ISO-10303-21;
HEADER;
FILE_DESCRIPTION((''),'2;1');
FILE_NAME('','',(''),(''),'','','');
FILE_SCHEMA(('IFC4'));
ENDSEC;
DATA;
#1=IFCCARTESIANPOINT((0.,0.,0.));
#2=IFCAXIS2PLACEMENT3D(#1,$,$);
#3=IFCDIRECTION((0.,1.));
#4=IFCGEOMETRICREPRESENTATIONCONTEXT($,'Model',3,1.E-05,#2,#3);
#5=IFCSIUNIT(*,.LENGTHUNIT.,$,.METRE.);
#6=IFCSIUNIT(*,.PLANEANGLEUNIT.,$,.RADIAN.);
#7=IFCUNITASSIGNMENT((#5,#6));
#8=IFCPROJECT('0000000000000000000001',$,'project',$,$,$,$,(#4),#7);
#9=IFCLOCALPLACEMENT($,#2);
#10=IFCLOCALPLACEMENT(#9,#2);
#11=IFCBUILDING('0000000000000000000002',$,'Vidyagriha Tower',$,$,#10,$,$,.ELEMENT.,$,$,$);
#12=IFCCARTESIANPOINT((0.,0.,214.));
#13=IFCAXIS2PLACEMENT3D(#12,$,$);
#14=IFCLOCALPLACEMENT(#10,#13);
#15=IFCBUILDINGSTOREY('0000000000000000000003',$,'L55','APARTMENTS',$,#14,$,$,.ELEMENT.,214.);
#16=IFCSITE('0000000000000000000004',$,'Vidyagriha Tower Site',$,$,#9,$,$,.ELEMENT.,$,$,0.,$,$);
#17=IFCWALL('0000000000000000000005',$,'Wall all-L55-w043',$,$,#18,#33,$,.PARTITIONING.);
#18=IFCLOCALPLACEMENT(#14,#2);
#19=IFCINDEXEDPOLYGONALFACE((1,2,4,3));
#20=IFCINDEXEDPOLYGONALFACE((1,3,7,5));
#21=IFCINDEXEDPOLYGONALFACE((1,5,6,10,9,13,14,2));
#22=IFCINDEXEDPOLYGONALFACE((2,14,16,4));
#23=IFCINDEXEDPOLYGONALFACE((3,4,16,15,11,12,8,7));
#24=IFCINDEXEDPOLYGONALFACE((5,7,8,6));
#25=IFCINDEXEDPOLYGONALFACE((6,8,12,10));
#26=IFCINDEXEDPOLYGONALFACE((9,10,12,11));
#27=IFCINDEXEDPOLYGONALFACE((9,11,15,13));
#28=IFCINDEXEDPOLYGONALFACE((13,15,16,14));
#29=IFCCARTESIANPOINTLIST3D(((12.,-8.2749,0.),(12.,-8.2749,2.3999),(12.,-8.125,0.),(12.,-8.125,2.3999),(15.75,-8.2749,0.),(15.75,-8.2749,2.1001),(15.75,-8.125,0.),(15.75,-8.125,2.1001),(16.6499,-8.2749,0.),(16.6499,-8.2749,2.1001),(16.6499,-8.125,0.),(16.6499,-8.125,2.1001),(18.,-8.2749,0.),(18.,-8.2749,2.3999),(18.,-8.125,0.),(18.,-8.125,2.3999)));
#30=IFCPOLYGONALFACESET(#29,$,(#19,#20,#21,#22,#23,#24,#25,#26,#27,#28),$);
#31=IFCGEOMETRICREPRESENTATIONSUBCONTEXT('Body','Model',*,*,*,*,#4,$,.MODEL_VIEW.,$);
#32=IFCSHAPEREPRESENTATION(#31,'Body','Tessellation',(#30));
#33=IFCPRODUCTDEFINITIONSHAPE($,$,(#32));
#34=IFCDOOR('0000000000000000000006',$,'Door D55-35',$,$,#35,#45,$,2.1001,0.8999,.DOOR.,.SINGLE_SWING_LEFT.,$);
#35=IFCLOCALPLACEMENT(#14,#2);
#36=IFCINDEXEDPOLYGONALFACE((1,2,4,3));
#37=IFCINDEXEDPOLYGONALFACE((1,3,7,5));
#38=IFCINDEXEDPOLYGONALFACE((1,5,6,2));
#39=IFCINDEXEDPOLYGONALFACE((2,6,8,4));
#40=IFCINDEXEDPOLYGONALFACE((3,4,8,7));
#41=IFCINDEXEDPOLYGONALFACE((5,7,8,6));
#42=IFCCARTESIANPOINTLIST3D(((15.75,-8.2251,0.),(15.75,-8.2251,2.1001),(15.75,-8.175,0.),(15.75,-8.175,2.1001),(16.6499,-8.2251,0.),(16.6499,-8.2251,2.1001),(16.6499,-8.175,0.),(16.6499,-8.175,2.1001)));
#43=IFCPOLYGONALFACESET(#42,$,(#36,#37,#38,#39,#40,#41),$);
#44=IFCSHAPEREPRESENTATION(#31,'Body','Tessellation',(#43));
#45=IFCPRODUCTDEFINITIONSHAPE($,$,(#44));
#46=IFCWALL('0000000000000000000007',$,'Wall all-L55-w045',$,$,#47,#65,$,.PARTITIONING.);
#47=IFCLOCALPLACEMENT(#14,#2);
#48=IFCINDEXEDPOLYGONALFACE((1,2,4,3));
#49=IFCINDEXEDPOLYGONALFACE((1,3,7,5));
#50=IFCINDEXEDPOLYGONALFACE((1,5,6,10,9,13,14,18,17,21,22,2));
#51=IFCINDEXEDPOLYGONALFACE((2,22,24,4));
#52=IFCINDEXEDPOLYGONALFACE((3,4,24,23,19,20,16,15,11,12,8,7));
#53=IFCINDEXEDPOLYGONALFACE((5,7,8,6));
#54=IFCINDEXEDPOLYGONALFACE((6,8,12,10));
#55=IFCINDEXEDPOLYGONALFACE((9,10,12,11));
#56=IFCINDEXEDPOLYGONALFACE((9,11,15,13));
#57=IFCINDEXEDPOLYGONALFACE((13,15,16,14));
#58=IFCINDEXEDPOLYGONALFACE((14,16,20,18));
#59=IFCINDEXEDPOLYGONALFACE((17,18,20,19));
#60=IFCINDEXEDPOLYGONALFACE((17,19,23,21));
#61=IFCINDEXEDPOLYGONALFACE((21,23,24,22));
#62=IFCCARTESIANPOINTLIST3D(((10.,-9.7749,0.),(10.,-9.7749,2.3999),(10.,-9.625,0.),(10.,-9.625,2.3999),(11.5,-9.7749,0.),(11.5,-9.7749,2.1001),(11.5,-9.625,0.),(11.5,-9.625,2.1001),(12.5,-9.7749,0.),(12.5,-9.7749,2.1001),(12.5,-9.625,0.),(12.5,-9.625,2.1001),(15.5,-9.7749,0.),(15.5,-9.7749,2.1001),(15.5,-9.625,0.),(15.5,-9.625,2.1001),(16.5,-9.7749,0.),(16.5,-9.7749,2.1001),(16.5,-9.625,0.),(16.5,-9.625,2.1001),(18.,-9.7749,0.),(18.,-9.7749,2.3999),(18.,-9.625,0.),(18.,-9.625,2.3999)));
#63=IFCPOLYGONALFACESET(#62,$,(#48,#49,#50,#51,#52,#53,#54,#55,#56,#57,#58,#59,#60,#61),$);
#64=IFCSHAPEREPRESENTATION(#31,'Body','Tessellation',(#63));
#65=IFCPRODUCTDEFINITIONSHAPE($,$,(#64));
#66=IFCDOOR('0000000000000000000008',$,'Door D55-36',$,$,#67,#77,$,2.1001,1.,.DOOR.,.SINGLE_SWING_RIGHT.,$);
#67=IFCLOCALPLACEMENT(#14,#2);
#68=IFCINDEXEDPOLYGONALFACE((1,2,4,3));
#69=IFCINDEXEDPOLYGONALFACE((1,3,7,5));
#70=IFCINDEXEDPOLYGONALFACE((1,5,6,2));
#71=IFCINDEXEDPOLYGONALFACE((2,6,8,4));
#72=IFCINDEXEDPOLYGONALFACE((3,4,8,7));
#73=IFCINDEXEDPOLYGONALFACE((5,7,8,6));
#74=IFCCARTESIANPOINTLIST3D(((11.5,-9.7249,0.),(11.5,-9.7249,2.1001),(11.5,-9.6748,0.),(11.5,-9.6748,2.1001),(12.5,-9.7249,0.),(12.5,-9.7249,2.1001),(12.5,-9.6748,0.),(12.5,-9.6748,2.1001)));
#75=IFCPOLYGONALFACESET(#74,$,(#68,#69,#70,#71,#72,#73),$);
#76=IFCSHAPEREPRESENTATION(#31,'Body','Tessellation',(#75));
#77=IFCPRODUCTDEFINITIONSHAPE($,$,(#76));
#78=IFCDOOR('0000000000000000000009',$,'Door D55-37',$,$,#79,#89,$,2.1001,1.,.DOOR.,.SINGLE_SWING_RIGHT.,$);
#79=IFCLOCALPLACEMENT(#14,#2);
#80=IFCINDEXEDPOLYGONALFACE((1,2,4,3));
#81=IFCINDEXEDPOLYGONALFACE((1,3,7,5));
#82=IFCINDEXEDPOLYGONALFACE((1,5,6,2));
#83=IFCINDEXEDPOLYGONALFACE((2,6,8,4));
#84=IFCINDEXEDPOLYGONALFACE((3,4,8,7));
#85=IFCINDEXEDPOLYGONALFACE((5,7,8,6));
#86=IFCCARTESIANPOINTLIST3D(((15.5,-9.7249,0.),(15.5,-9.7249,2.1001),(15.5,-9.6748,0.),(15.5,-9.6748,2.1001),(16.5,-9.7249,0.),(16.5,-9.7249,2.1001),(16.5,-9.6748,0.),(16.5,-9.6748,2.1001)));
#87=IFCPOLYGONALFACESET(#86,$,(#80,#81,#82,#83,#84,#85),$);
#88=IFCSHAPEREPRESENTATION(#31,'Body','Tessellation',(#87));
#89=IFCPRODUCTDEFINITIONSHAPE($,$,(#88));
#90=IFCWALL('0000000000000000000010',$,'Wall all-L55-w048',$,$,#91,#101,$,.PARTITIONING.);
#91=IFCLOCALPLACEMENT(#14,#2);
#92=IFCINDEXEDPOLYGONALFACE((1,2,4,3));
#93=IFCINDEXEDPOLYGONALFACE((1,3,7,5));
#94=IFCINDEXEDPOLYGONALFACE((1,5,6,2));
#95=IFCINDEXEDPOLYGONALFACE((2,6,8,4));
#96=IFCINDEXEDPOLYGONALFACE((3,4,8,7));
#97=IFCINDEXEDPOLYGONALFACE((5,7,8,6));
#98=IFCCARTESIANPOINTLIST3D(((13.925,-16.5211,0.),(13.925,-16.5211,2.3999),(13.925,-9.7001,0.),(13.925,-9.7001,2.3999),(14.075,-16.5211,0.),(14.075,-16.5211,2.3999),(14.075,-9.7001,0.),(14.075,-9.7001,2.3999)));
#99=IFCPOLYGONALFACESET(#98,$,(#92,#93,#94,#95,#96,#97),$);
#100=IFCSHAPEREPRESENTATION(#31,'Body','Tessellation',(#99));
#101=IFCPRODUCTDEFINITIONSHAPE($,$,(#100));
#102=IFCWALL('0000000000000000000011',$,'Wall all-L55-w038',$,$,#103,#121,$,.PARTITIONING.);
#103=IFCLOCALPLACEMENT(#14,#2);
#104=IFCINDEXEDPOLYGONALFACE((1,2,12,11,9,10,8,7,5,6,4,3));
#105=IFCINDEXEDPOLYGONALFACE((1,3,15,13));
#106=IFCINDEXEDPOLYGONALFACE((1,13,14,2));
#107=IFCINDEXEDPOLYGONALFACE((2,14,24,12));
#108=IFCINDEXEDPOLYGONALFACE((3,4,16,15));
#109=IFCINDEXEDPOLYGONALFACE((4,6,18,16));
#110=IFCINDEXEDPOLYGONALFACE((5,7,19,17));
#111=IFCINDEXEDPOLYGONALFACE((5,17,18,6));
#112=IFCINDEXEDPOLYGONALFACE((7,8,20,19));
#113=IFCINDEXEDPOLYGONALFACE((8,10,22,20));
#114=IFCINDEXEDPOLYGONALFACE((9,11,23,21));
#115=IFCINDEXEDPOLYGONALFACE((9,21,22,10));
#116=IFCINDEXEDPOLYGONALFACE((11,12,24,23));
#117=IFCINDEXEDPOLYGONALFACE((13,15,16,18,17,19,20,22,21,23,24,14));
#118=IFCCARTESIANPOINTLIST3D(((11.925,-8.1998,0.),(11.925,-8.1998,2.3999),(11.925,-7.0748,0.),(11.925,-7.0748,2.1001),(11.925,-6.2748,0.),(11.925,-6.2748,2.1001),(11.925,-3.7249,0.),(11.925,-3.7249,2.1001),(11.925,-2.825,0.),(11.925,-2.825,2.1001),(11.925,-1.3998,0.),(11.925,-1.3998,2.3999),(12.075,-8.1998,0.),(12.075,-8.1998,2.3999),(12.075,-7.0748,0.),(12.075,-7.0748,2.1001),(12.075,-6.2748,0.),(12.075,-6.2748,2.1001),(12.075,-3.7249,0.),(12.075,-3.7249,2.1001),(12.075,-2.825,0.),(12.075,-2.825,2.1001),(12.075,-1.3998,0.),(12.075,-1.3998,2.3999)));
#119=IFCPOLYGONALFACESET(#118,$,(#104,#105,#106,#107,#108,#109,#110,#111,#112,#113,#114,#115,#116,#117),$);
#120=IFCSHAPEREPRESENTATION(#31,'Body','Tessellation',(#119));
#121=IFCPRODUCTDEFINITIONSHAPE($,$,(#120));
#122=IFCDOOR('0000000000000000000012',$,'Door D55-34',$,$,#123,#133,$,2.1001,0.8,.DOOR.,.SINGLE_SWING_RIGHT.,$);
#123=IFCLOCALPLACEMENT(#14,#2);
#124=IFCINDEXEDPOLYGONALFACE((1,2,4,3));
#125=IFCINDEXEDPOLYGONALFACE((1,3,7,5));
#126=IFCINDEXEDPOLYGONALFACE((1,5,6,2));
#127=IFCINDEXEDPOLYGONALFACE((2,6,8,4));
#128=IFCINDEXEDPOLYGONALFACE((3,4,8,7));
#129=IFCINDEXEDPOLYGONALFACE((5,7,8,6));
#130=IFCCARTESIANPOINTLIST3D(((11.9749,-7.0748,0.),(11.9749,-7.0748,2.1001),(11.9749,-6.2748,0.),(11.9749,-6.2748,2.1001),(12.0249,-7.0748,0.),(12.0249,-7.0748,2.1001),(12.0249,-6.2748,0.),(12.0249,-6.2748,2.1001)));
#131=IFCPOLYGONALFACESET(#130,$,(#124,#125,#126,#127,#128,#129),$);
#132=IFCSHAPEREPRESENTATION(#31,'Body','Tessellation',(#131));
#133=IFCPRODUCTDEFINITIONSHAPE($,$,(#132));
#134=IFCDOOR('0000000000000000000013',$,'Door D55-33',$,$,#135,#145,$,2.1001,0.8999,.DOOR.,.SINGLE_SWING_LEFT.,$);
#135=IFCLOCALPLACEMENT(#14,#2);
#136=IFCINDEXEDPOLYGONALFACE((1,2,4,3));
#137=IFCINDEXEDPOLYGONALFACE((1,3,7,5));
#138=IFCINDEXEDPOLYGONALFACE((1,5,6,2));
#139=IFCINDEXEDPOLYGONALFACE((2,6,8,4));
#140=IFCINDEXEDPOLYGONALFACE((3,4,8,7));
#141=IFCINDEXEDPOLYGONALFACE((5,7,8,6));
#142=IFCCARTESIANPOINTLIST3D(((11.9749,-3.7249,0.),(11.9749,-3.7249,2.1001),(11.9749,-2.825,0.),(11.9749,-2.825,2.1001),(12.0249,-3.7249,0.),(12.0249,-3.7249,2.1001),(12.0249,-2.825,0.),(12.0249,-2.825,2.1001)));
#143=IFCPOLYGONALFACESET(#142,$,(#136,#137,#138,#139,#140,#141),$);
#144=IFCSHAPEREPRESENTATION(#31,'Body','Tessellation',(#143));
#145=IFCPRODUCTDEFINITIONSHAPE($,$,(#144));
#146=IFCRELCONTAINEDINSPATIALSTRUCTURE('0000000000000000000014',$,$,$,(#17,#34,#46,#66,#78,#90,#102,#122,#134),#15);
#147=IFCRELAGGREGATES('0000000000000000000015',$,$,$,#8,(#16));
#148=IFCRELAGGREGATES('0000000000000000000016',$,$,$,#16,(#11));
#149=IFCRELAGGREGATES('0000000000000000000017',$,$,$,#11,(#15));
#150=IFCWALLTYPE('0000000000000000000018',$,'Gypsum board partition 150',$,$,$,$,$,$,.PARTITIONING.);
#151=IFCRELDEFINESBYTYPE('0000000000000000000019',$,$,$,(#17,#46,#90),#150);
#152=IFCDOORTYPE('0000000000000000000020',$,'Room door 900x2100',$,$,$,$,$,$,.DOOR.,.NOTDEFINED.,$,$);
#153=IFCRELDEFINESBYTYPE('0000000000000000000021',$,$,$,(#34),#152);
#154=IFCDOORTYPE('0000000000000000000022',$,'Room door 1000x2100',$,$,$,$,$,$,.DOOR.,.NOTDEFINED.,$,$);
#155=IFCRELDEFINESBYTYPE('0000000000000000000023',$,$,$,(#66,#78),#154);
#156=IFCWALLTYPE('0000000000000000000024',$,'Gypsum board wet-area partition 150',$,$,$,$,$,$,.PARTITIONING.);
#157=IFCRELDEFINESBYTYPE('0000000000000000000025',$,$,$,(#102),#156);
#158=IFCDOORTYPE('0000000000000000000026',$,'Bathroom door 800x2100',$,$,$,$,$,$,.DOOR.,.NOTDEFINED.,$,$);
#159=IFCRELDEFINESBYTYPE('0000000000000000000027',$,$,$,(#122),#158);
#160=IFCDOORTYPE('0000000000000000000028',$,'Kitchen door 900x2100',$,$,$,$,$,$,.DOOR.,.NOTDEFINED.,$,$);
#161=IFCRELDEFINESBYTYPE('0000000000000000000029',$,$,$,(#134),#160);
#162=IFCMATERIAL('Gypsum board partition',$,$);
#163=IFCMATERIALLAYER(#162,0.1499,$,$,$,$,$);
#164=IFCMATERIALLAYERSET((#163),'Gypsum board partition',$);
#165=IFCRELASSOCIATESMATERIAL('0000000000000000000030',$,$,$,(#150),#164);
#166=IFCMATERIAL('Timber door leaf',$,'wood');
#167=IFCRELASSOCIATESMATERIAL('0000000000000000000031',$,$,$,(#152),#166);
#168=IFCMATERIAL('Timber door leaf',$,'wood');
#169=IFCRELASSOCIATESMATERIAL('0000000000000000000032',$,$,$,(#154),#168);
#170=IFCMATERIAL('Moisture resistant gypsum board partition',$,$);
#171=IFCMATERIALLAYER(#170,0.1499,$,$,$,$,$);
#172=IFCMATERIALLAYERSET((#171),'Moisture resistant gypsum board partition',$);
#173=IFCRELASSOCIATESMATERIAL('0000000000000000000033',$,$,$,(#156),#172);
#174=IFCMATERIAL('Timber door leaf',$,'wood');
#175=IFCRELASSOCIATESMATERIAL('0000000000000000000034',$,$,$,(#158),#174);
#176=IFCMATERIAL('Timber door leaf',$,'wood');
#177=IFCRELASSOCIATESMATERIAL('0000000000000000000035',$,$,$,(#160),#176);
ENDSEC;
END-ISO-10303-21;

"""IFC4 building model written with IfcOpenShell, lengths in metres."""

from ifc_helpers import new_model, si_unit, direction, frame, frame_2d, origin, place, context, subcontext, project, spatial, rectangle, extrude, material, layer, layer_set, type_object, element, fill, save


model = new_model("IFC4")

# Units and contexts
model_context = context("Model", 3, precision=1e-05, world=origin(), true_north=direction((0.0, 1.0)))
body_context = subcontext(model_context, "Body", "Model", "MODEL_VIEW")
ifc_project = project(units=[si_unit("LENGTHUNIT", "METRE"), si_unit("PLANEANGLEUNIT", "RADIAN")], contexts=[model_context])

# Site, building, storey
site_placement = place(None, origin())
site = spatial("IfcSite", under=ifc_project, at=site_placement, Name="Vidyagriha Tower Site", CompositionType="ELEMENT", RefElevation=0.0)
building_placement = place(site_placement, origin())
building = spatial("IfcBuilding", under=site, at=building_placement, Name="Vidyagriha Tower", CompositionType="ELEMENT")
storey_placement = place(building_placement, frame((0.0, 0.0, 214.0)))
storey = spatial("IfcBuildingStorey", under=building, at=storey_placement, Name="L55", Description="APARTMENTS", CompositionType="ELEMENT", Elevation=214.0)

# Shared definitions
ifc_material_1 = material(Name="Gypsum board partition")
ifc_layer_1 = layer(ifc_material_1, 0.1499)
ifc_layer_set_1 = layer_set([ifc_layer_1], Name="Gypsum board partition")
wall_type_1 = type_object("IfcWallType", Name="Gypsum board partition 150", PredefinedType="PARTITIONING", material=ifc_layer_set_1)

# Wall, opening, door
wall_1_placement = place(storey_placement, frame((12.0, -8.2, 0.0)))
wall_1 = element("IfcWall", 1, at=wall_1_placement, inside=storey, type_object=wall_type_1, Name="Wall all-L55-w043", PredefinedType="PARTITIONING", context=body_context, shape_type="SweptSolid", body=[
    extrude(rectangle(XDim=6.0, YDim=0.1499, at=frame_2d((3.0, 0.0))), origin(), (0.0, 0.0, 1.0), 2.3999),
])
opening_1_placement = place(wall_1_placement, frame((3.75, 0.0, 0.0)))
opening_1 = element("IfcOpeningElement", 2, at=opening_1_placement, cuts=wall_1, PredefinedType="OPENING", context=body_context, shape_type="SweptSolid", body=[
    extrude(rectangle(XDim=0.8999, YDim=2.1001, at=frame_2d((0.45, 1.05))), frame((0.0, 0.085, 0.0), z_axis=(0.0, -1.0, 0.0), x_axis=(1.0, 0.0, 0.0)), (0.0, 0.0, 1.0), 0.1699),
])
ifc_material_2 = material(Name="Timber door leaf", Category="wood")
door_type_1 = type_object("IfcDoorType", Name="Room door 900x2100", OperationType="NOTDEFINED", PredefinedType="DOOR", material=ifc_material_2)
door_1_placement = place(opening_1_placement, origin())
door_1 = element("IfcDoor", 3, at=door_1_placement, inside=storey, type_object=door_type_1, Name="Door D55-35", OperationType="SINGLE_SWING_LEFT", OverallHeight=2.1001, OverallWidth=0.8999, PredefinedType="DOOR", context=body_context, shape_type="SweptSolid", body=[
    extrude(rectangle(XDim=0.8999, YDim=2.1001, at=frame_2d((0.45, 1.05))), frame((0.0, 0.0249, 0.0), z_axis=(0.0, -1.0, 0.0), x_axis=(1.0, 0.0, 0.0)), (0.0, 0.0, 1.0), 0.05),
])
fill(opening_1, door_1)

# Wall, openings, doors
wall_2_placement = place(storey_placement, frame((18.0, -9.7, 0.0), z_axis=(0.0, 0.0, 1.0), x_axis=(-1.0, 0.0, 0.0)))
wall_2 = element("IfcWall", 4, at=wall_2_placement, inside=storey, type_object=wall_type_1, Name="Wall all-L55-w045", PredefinedType="PARTITIONING", context=body_context, shape_type="SweptSolid", body=[
    extrude(rectangle(XDim=8.0, YDim=0.1499, at=frame_2d((4.0, 0.0))), origin(), (0.0, 0.0, 1.0), 2.3999),
])
opening_2_placement = place(wall_2_placement, frame((5.5, 0.0, 0.0)))
opening_2 = element("IfcOpeningElement", 5, at=opening_2_placement, cuts=wall_2, PredefinedType="OPENING", context=body_context, shape_type="SweptSolid", body=[
    extrude(rectangle(XDim=1.0, YDim=2.1001, at=frame_2d((0.5, 1.05))), frame((0.0, 0.085, 0.0), z_axis=(0.0, -1.0, 0.0), x_axis=(1.0, 0.0, 0.0)), (0.0, 0.0, 1.0), 0.1699),
])
opening_3_placement = place(wall_2_placement, frame((1.5, 0.0, 0.0)))
opening_3 = element("IfcOpeningElement", 6, at=opening_3_placement, cuts=wall_2, PredefinedType="OPENING", context=body_context, shape_type="SweptSolid", body=[
    extrude(rectangle(XDim=1.0, YDim=2.1001, at=frame_2d((0.5, 1.05))), frame((0.0, 0.085, 0.0), z_axis=(0.0, -1.0, 0.0), x_axis=(1.0, 0.0, 0.0)), (0.0, 0.0, 1.0), 0.1699),
])
ifc_material_3 = material(Name="Timber door leaf", Category="wood")
door_type_2 = type_object("IfcDoorType", Name="Room door 1000x2100", OperationType="NOTDEFINED", PredefinedType="DOOR", material=ifc_material_3)
door_2_placement = place(opening_2_placement, origin())
door_2 = element("IfcDoor", 7, at=door_2_placement, inside=storey, type_object=door_type_2, Name="Door D55-36", OperationType="SINGLE_SWING_RIGHT", OverallHeight=2.1001, OverallWidth=1.0, PredefinedType="DOOR", context=body_context, shape_type="SweptSolid", body=[
    extrude(rectangle(XDim=1.0, YDim=2.1001, at=frame_2d((0.5, 1.05))), frame((0.0, 0.0249, 0.0), z_axis=(0.0, -1.0, 0.0), x_axis=(1.0, 0.0, 0.0)), (0.0, 0.0, 1.0), 0.05),
])
fill(opening_2, door_2)
door_3_placement = place(opening_3_placement, origin())
door_3 = element("IfcDoor", 8, at=door_3_placement, inside=storey, type_object=door_type_2, Name="Door D55-37", OperationType="SINGLE_SWING_RIGHT", OverallHeight=2.1001, OverallWidth=1.0, PredefinedType="DOOR", context=body_context, shape_type="SweptSolid", body=[
    extrude(rectangle(XDim=1.0, YDim=2.1001, at=frame_2d((0.5, 1.05))), frame((0.0, 0.0249, 0.0), z_axis=(0.0, -1.0, 0.0), x_axis=(1.0, 0.0, 0.0)), (0.0, 0.0, 1.0), 0.05),
])
fill(opening_3, door_3)

# Wall
wall_3_placement = place(storey_placement, frame((14.0, -9.7, 0.0), z_axis=(0.0, 0.0, 1.0), x_axis=(0.0, -1.0, 0.0)))
element("IfcWall", 9, at=wall_3_placement, inside=storey, type_object=wall_type_1, Name="Wall all-L55-w048", PredefinedType="PARTITIONING", context=body_context, shape_type="SweptSolid", body=[
    extrude(rectangle(XDim=6.821, YDim=0.1499, at=frame_2d((3.4106, 0.0))), origin(), (0.0, 0.0, 1.0), 2.3999),
])

# Wall, openings, doors
ifc_material_4 = material(Name="Moisture resistant gypsum board partition")
ifc_layer_2 = layer(ifc_material_4, 0.1499)
ifc_layer_set_2 = layer_set([ifc_layer_2], Name="Moisture resistant gypsum board partition")
wall_type_2 = type_object("IfcWallType", Name="Gypsum board wet-area partition 150", PredefinedType="PARTITIONING", material=ifc_layer_set_2)
wall_4_placement = place(storey_placement, frame((12.0, -1.3999, 0.0), z_axis=(0.0, 0.0, 1.0), x_axis=(0.0, -1.0, 0.0)))
wall_4 = element("IfcWall", 10, at=wall_4_placement, inside=storey, type_object=wall_type_2, Name="Wall all-L55-w038", PredefinedType="PARTITIONING", context=body_context, shape_type="SweptSolid", body=[
    extrude(rectangle(XDim=6.8, YDim=0.1499, at=frame_2d((3.3999, 0.0))), origin(), (0.0, 0.0, 1.0), 2.3999),
])
opening_4_placement = place(wall_4_placement, frame((1.425, 0.0, 0.0)))
opening_4 = element("IfcOpeningElement", 11, at=opening_4_placement, cuts=wall_4, PredefinedType="OPENING", context=body_context, shape_type="SweptSolid", body=[
    extrude(rectangle(XDim=0.8999, YDim=2.1001, at=frame_2d((0.45, 1.05))), frame((0.0, 0.085, 0.0), z_axis=(0.0, -1.0, 0.0), x_axis=(1.0, 0.0, 0.0)), (0.0, 0.0, 1.0), 0.1699),
])
opening_5_placement = place(wall_4_placement, frame((4.875, 0.0, 0.0)))
opening_5 = element("IfcOpeningElement", 12, at=opening_5_placement, cuts=wall_4, PredefinedType="OPENING", context=body_context, shape_type="SweptSolid", body=[
    extrude(rectangle(XDim=0.8, YDim=2.1001, at=frame_2d((0.3999, 1.05))), frame((0.0, 0.085, 0.0), z_axis=(0.0, -1.0, 0.0), x_axis=(1.0, 0.0, 0.0)), (0.0, 0.0, 1.0), 0.1699),
])
ifc_material_5 = material(Name="Timber door leaf", Category="wood")
door_type_3 = type_object("IfcDoorType", Name="Bathroom door 800x2100", OperationType="NOTDEFINED", PredefinedType="DOOR", material=ifc_material_5)
door_4_placement = place(opening_5_placement, origin())
door_4 = element("IfcDoor", 13, at=door_4_placement, inside=storey, type_object=door_type_3, Name="Door D55-34", OperationType="SINGLE_SWING_RIGHT", OverallHeight=2.1001, OverallWidth=0.8, PredefinedType="DOOR", context=body_context, shape_type="SweptSolid", body=[
    extrude(rectangle(XDim=0.8, YDim=2.1001, at=frame_2d((0.3999, 1.05))), frame((0.0, 0.0249, 0.0), z_axis=(0.0, -1.0, 0.0), x_axis=(1.0, 0.0, 0.0)), (0.0, 0.0, 1.0), 0.05),
])
fill(opening_5, door_4)
ifc_material_6 = material(Name="Timber door leaf", Category="wood")
door_type_4 = type_object("IfcDoorType", Name="Kitchen door 900x2100", OperationType="NOTDEFINED", PredefinedType="DOOR", material=ifc_material_6)
door_5_placement = place(opening_4_placement, origin())
door_5 = element("IfcDoor", 14, at=door_5_placement, inside=storey, type_object=door_type_4, Name="Door D55-33", OperationType="SINGLE_SWING_LEFT", OverallHeight=2.1001, OverallWidth=0.8999, PredefinedType="DOOR", context=body_context, shape_type="SweptSolid", body=[
    extrude(rectangle(XDim=0.8999, YDim=2.1001, at=frame_2d((0.45, 1.05))), frame((0.0, 0.0249, 0.0), z_axis=(0.0, -1.0, 0.0), x_axis=(1.0, 0.0, 0.0)), (0.0, 0.0, 1.0), 0.05),
])
fill(opening_4, door_5)

save(model, "model.ifc")
